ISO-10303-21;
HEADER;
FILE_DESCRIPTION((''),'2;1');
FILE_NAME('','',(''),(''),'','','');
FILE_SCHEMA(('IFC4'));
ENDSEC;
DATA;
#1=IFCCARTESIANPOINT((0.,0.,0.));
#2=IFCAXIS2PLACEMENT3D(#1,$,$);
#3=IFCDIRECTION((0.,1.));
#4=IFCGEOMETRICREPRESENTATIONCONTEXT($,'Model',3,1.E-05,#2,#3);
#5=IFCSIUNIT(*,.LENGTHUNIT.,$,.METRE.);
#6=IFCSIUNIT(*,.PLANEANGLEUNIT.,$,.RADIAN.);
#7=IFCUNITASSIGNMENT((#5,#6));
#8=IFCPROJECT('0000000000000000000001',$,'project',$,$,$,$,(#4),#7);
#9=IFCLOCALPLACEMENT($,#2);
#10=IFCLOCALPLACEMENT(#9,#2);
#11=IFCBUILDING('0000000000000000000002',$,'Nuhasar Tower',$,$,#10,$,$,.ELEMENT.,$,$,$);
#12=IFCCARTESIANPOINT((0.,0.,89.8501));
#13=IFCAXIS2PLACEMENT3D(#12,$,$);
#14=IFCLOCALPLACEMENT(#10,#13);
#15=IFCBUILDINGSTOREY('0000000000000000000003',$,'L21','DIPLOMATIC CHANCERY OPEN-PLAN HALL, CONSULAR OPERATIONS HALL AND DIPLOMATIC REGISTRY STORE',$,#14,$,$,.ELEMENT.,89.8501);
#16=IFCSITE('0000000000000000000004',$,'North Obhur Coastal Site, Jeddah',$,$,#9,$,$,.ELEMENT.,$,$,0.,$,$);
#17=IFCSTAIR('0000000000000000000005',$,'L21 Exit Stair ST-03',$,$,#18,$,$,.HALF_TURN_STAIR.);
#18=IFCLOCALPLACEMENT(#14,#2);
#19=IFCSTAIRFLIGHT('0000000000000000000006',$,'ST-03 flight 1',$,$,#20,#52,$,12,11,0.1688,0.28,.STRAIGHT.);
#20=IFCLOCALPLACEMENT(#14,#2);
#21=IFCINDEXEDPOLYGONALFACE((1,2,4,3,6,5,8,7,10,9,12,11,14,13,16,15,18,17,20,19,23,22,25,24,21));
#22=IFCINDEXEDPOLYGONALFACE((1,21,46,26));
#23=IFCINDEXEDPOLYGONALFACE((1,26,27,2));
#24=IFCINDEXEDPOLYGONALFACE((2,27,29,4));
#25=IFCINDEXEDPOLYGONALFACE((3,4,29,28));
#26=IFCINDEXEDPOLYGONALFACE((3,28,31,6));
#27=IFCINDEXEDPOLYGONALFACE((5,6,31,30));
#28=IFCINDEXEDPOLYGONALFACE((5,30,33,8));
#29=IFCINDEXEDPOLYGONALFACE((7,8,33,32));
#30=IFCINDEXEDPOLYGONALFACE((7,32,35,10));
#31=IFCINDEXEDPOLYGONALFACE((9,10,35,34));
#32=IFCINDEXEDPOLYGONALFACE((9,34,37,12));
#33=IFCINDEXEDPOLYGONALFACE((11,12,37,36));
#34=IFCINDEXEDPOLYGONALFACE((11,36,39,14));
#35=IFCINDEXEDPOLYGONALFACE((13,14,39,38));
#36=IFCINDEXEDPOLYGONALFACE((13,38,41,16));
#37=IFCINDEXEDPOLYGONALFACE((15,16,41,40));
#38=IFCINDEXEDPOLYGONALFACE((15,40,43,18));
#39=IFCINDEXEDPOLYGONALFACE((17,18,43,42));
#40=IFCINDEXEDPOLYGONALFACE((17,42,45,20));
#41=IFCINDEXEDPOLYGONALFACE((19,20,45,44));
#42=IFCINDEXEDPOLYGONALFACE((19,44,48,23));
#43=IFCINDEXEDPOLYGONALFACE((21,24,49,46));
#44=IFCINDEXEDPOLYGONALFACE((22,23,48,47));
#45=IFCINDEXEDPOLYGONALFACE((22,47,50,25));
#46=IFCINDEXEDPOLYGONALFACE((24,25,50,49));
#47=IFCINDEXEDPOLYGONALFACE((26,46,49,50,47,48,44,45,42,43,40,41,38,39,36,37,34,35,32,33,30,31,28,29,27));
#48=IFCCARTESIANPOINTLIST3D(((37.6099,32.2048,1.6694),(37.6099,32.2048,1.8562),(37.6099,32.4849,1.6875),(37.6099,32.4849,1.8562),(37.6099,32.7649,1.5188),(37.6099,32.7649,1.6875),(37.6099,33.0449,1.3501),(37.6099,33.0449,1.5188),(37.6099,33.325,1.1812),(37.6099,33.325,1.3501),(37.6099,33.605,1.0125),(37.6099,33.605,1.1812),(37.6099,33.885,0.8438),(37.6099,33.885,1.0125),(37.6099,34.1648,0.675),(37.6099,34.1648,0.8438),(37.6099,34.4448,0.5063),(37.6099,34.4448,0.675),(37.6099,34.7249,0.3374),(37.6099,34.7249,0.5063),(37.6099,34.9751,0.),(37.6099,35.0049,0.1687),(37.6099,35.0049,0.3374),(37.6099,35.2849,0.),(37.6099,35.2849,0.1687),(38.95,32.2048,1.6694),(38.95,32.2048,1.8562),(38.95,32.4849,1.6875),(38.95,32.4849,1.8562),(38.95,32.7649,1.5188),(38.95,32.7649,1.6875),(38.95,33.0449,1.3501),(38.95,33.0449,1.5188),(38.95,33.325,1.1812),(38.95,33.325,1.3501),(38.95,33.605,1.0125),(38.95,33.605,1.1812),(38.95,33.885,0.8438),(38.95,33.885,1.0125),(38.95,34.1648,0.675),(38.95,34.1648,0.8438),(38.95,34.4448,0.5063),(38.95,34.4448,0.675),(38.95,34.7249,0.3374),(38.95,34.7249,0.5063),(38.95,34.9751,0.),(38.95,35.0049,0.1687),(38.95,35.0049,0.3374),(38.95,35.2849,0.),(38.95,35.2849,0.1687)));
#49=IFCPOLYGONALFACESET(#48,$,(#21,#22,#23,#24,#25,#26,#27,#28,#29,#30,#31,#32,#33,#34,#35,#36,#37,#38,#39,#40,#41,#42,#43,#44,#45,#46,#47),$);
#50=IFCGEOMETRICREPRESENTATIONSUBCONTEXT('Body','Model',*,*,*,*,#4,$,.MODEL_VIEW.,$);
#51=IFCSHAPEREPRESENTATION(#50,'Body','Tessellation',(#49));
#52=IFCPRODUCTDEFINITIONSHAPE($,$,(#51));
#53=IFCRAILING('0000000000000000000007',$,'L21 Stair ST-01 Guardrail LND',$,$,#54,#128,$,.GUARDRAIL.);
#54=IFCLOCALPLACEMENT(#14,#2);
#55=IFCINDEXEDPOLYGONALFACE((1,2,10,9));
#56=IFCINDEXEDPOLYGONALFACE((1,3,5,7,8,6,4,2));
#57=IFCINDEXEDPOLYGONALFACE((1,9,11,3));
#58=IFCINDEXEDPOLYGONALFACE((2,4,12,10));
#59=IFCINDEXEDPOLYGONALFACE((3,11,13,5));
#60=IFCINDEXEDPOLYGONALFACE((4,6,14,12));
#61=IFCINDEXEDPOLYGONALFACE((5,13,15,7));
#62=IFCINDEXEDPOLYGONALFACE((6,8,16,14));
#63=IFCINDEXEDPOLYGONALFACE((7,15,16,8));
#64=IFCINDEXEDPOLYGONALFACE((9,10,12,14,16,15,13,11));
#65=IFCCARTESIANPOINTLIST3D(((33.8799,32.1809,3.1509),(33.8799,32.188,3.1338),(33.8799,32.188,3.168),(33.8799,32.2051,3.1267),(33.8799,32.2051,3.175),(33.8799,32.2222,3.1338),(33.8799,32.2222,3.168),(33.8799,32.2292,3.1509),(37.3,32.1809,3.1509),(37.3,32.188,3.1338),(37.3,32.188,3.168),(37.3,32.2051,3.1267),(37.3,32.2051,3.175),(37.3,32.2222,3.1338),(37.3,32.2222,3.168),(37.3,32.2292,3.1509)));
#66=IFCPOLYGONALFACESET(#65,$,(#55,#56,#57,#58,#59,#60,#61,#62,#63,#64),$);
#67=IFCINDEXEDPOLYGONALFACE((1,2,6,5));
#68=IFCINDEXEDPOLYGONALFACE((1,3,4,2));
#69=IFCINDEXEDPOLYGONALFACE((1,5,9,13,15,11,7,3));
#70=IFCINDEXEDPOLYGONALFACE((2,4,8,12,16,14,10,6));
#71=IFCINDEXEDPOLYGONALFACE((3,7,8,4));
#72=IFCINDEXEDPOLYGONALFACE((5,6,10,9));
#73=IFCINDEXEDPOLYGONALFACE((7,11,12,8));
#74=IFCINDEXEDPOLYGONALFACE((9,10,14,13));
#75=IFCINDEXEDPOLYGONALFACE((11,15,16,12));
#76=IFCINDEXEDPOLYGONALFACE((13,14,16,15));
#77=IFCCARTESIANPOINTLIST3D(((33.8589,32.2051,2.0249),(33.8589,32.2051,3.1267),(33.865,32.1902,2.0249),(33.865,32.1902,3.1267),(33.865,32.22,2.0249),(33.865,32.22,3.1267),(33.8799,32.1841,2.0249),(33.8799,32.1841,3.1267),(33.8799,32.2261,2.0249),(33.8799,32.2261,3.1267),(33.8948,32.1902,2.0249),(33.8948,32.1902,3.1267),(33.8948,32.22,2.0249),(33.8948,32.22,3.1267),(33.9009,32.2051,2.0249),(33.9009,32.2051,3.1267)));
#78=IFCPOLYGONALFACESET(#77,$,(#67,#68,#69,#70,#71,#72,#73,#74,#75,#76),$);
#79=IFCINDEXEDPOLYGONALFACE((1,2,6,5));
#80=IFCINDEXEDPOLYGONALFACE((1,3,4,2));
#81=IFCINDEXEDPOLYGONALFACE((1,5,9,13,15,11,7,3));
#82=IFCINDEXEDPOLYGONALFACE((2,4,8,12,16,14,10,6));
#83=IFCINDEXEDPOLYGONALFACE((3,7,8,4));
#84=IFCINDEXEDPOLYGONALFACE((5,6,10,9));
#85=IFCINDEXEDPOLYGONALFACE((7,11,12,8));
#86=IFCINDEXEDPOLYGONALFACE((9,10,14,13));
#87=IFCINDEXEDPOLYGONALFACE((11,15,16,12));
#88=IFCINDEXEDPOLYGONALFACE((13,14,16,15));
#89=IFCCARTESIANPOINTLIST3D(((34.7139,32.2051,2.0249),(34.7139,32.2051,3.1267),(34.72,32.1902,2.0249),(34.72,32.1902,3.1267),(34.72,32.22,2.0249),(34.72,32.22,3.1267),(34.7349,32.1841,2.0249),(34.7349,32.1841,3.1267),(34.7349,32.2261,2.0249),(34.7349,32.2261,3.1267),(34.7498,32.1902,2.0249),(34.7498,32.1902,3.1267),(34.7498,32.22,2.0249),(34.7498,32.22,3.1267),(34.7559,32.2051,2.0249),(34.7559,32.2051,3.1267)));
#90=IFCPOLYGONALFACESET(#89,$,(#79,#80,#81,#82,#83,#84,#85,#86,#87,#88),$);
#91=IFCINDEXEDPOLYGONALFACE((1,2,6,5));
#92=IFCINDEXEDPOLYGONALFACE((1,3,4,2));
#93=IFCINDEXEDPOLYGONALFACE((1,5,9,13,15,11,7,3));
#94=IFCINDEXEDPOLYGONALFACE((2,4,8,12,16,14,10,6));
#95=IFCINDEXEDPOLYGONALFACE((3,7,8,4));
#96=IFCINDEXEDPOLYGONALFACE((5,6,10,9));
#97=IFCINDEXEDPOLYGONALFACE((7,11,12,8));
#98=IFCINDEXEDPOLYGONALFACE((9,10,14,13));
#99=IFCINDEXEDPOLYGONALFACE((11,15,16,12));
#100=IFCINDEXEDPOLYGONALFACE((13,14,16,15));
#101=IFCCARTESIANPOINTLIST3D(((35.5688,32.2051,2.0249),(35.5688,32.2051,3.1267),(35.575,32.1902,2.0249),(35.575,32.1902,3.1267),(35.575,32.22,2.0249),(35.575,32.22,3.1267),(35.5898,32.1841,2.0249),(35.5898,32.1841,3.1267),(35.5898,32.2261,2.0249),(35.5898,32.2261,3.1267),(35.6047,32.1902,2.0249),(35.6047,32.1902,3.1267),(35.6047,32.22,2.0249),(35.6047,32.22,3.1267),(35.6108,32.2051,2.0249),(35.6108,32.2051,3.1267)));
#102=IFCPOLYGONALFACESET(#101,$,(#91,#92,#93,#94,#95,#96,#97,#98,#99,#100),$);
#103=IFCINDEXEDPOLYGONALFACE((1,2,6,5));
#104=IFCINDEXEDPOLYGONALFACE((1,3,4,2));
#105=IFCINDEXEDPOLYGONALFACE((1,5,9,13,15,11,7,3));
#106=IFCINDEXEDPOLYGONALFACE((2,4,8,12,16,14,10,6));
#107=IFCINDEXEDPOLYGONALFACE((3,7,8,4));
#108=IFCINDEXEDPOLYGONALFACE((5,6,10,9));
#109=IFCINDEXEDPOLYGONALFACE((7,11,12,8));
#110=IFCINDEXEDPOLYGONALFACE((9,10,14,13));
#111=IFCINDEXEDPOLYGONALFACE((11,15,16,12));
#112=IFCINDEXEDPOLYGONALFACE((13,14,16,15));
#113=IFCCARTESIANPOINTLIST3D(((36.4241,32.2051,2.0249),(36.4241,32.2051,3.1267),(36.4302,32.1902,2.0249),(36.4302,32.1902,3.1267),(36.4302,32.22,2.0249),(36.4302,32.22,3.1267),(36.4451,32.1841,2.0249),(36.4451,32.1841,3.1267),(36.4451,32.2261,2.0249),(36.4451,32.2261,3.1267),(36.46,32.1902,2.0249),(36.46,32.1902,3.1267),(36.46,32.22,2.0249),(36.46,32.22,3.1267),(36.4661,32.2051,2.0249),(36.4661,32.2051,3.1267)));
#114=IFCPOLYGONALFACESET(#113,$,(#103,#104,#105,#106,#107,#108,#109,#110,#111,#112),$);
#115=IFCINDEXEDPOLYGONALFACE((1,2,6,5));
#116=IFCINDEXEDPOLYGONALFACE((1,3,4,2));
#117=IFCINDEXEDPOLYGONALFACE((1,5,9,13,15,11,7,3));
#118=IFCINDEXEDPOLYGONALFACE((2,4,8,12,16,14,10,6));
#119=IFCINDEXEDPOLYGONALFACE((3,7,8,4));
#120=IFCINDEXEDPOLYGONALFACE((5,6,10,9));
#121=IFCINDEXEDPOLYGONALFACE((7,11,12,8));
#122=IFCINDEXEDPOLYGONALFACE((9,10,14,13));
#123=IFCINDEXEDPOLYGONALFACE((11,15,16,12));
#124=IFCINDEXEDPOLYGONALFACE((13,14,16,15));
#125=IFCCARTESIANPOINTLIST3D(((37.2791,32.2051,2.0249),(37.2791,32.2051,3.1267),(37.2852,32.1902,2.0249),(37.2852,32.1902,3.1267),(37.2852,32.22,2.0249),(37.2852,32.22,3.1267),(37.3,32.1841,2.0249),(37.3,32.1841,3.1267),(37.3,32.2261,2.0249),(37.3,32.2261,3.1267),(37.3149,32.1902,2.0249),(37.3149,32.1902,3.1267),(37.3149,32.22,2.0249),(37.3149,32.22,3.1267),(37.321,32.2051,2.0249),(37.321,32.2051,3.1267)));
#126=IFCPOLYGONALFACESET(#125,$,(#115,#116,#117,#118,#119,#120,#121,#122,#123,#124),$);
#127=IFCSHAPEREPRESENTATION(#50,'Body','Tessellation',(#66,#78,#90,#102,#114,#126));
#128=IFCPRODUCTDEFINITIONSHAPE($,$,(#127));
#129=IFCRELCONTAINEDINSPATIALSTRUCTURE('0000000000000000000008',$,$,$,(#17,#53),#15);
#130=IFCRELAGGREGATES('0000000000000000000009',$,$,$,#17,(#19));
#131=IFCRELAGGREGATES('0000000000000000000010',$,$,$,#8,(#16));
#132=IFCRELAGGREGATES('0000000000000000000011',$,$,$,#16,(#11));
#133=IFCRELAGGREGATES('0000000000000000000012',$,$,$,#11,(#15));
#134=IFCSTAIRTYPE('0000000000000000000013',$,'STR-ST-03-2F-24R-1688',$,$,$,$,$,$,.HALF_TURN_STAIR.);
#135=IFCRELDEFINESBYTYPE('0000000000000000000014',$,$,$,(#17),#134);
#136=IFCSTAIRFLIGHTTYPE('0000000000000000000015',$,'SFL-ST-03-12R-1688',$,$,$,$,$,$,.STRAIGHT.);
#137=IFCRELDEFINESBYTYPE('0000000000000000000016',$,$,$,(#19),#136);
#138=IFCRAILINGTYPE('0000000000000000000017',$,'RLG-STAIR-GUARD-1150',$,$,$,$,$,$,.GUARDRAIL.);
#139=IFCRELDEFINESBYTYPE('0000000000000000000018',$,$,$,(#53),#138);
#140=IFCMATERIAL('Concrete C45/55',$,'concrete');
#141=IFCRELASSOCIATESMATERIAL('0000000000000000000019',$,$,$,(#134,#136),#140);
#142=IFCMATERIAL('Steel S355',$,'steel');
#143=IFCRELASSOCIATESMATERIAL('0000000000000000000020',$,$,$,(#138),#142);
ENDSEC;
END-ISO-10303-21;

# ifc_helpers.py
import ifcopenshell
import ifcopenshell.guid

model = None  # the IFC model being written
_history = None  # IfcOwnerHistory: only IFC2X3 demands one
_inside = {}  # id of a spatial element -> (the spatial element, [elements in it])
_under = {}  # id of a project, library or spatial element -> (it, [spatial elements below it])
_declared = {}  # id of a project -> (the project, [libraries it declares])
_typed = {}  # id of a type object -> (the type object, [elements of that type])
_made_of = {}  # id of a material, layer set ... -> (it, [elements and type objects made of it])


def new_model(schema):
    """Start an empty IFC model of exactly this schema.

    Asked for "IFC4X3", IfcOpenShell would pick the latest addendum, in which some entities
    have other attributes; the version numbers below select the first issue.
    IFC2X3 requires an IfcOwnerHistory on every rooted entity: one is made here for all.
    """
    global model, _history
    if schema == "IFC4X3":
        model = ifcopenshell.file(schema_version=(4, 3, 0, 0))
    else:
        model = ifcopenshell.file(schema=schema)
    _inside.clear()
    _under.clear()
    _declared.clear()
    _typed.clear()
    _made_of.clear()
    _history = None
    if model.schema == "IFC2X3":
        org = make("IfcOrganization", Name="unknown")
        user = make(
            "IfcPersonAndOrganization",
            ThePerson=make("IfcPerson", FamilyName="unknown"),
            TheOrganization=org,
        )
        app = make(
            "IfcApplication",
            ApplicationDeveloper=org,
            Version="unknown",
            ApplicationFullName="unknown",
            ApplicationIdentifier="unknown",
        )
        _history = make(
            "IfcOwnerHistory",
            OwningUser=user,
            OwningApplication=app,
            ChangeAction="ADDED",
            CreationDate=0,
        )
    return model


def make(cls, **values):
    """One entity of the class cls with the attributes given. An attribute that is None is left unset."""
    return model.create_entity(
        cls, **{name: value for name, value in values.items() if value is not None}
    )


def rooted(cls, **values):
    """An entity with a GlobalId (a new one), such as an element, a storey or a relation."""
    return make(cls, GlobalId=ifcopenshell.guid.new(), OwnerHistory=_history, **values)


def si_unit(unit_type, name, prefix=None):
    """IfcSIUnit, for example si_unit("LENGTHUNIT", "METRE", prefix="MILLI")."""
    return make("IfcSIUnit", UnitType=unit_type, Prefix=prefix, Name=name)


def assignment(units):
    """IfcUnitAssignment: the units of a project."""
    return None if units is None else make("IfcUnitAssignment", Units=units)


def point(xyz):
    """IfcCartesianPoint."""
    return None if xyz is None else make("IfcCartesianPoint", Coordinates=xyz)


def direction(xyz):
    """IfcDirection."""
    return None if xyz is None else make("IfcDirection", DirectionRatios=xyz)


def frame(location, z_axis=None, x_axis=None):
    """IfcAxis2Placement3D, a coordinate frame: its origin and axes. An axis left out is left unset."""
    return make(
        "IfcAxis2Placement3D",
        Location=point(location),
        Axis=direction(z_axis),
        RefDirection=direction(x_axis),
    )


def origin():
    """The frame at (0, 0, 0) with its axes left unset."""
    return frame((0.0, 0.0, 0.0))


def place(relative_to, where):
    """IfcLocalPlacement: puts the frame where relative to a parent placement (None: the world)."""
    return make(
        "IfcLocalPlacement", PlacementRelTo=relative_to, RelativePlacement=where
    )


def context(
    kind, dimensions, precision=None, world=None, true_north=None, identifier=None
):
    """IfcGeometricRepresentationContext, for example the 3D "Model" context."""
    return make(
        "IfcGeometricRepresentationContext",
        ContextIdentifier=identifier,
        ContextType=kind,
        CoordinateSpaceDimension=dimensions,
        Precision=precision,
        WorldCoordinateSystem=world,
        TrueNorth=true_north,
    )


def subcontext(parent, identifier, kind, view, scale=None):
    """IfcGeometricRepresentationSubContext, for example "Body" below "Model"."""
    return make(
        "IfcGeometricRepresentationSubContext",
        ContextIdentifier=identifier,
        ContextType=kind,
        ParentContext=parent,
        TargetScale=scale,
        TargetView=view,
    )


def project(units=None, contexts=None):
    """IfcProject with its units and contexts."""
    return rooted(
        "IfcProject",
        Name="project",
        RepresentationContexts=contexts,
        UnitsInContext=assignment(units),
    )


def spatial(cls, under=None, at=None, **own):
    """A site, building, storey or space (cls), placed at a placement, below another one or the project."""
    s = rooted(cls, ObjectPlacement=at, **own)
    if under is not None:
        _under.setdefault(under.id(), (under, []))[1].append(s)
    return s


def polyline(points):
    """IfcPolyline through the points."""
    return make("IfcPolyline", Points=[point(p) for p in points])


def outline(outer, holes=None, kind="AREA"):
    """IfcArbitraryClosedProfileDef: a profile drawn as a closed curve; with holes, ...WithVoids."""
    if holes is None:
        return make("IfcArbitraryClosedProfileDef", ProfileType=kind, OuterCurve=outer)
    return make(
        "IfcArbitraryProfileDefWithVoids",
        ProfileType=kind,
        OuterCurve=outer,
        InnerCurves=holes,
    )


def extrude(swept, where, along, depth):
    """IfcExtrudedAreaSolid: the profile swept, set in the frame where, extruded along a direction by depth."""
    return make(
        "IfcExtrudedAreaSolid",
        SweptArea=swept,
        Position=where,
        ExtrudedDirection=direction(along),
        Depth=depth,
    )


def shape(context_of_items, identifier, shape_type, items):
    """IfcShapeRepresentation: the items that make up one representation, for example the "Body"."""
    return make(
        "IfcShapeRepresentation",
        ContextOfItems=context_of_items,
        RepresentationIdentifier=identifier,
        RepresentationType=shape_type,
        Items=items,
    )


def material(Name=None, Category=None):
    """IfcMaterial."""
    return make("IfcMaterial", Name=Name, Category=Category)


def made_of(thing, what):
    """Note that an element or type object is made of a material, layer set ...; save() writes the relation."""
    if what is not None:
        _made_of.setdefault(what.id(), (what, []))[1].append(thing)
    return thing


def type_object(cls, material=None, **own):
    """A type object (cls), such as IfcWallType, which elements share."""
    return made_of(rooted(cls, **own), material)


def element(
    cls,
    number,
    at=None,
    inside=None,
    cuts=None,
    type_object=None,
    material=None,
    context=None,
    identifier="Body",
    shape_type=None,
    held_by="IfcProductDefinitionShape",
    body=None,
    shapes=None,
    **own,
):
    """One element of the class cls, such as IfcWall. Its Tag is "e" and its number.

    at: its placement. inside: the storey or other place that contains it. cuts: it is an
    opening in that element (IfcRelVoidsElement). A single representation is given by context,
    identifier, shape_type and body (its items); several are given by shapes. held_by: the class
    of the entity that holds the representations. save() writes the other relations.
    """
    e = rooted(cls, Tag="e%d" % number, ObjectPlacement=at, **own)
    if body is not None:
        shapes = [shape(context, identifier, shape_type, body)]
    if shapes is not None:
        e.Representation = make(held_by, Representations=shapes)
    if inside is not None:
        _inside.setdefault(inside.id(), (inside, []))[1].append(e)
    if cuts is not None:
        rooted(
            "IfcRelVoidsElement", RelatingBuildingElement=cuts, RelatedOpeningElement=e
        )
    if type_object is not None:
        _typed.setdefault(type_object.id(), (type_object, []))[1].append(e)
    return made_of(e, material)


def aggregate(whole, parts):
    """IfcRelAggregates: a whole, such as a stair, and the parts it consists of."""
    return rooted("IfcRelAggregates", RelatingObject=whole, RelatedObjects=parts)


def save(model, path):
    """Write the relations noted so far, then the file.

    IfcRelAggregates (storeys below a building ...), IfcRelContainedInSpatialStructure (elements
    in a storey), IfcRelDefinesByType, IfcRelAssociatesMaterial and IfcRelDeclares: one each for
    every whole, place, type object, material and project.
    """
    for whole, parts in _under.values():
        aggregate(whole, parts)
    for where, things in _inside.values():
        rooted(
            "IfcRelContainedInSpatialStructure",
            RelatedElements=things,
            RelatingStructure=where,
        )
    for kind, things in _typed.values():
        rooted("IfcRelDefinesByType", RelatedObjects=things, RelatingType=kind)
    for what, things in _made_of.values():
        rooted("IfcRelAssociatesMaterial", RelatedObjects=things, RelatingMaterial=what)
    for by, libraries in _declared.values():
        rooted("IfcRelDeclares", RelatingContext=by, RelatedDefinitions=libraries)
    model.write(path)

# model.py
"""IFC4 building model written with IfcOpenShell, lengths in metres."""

from ifc_helpers import new_model, si_unit, direction, frame, origin, place, context, subcontext, project, spatial, polyline, outline, extrude, material, type_object, element, aggregate, save


model = new_model("IFC4")

# Units and contexts
model_context = context("Model", 3, precision=1e-05, world=origin(), true_north=direction((0.0, 1.0)))
body_context = subcontext(model_context, "Body", "Model", "MODEL_VIEW")
ifc_project = project(units=[si_unit("LENGTHUNIT", "METRE"), si_unit("PLANEANGLEUNIT", "RADIAN")], contexts=[model_context])

# Site, building, storey
site_placement = place(None, origin())
site = spatial("IfcSite", under=ifc_project, at=site_placement, Name="North Obhur Coastal Site, Jeddah", CompositionType="ELEMENT", RefElevation=0.0)
building_placement = place(site_placement, origin())
building = spatial("IfcBuilding", under=site, at=building_placement, Name="Nuhasar Tower", CompositionType="ELEMENT")
storey_placement = place(building_placement, frame((0.0, 0.0, 89.8501)))
storey = spatial("IfcBuildingStorey", under=building, at=storey_placement, Name="L21", Description="DIPLOMATIC CHANCERY OPEN-PLAN HALL, CONSULAR OPERATIONS HALL AND DIPLOMATIC REGISTRY STORE", CompositionType="ELEMENT", Elevation=89.8501)

# Shared definitions
ifc_material_1 = material(Name="Steel S355", Category="steel")

# Shared definitions
ifc_material_2 = material(Name="Concrete C45/55", Category="concrete")

# Stair, stair flight
stair_type_1 = type_object("IfcStairType", Name="STR-ST-03-2F-24R-1688", PredefinedType="HALF_TURN_STAIR", material=ifc_material_2)
stair_1_placement = place(storey_placement, origin())
stair_1 = element("IfcStair", 1, at=stair_1_placement, inside=storey, type_object=stair_type_1, Name="L21 Exit Stair ST-03", PredefinedType="HALF_TURN_STAIR")
stair_flight_type_1 = type_object("IfcStairFlightType", Name="SFL-ST-03-12R-1688", PredefinedType="STRAIGHT", material=ifc_material_2)
stair_flight_1_placement = place(storey_placement, frame((38.28, 35.2849, 0.0), z_axis=(0.0, 0.0, 1.0), x_axis=(0.0, -1.0, 0.0)))
stair_flight_1 = element("IfcStairFlight", 2, at=stair_flight_1_placement, type_object=stair_flight_type_1, Name="ST-03 flight 1", NumberOfRisers=12, NumberOfTreads=11, PredefinedType="STRAIGHT", RiserHeight=0.1688, TreadLength=0.28, context=body_context, shape_type="SweptSolid", body=[
    extrude(outline(polyline([(0.0, 0.0), (0.0, 0.1687), (0.28, 0.1687), (0.28, 0.3374), (0.5601, 0.3374), (0.5601, 0.5063), (0.8401, 0.5063), (0.8401, 0.675), (1.1201, 0.675), (1.1201, 0.8438), (1.3999, 0.8438), (1.3999, 1.0125), (1.6799, 1.0125), (1.6799, 1.1812), (1.96, 1.1812), (1.96, 1.3501), (2.24, 1.3501), (2.24, 1.5188), (2.52, 1.5188), (2.52, 1.6875), (2.8, 1.6875), (2.8, 1.8562), (3.0801, 1.8562), (3.0801, 2.0249), (3.0801, 1.6694), (0.3098, 0.0), (0.0, 0.0)])), frame((0.0, 0.6699, 0.0), z_axis=(0.0, -1.0, 0.0), x_axis=(1.0, 0.0, 0.0)), (0.0, 0.0, 1.0), 1.3401),
])
aggregate(stair_1, [stair_flight_1])

# Railing
railing_type_1 = type_object("IfcRailingType", Name="RLG-STAIR-GUARD-1150", PredefinedType="GUARDRAIL", material=ifc_material_1)
railing_1_placement = place(storey_placement, frame((33.8799, 32.2051, 2.0249)))
element("IfcRailing", 3, at=railing_1_placement, inside=storey, type_object=railing_type_1, Name="L21 Stair ST-01 Guardrail LND", PredefinedType="GUARDRAIL", context=body_context, shape_type="SweptSolid", body=[
    extrude(outline(polyline([(0.0242, 0.0), (0.0171, 0.0171), (0.0, 0.0242), (-0.0171, 0.0171), (-0.0242, 0.0), (-0.0171, -0.0171), (0.0, -0.0242), (0.0171, -0.0171), (0.0242, 0.0)])), frame((0.0, 0.0, 1.126), z_axis=(1.0, 0.0, 0.0), x_axis=(0.0, 1.0, 0.0)), (0.0, 0.0, 1.0), 3.4202),
    extrude(outline(polyline([(0.021, 0.0), (0.0149, 0.0149), (0.0, 0.021), (-0.0149, 0.0149), (-0.021, 0.0), (-0.0149, -0.0149), (0.0, -0.021), (0.0149, -0.0149), (0.021, 0.0)])), origin(), (0.0, 0.0, 1.0), 1.1018),
    extrude(outline(polyline([(0.021, 0.0), (0.0149, 0.0149), (0.0, 0.021), (-0.0149, 0.0149), (-0.021, 0.0), (-0.0149, -0.0149), (0.0, -0.021), (0.0149, -0.0149), (0.021, 0.0)])), frame((0.855, 0.0, 0.0)), (0.0, 0.0, 1.0), 1.1018),
    extrude(outline(polyline([(0.021, 0.0), (0.0149, 0.0149), (0.0, 0.021), (-0.0149, 0.0149), (-0.021, 0.0), (-0.0149, -0.0149), (0.0, -0.021), (0.0149, -0.0149), (0.021, 0.0)])), frame((1.71, 0.0, 0.0)), (0.0, 0.0, 1.0), 1.1018),
    extrude(outline(polyline([(0.021, 0.0), (0.0149, 0.0149), (0.0, 0.021), (-0.0149, 0.0149), (-0.021, 0.0), (-0.0149, -0.0149), (0.0, -0.021), (0.0149, -0.0149), (0.021, 0.0)])), frame((2.5652, 0.0, 0.0)), (0.0, 0.0, 1.0), 1.1018),
    extrude(outline(polyline([(0.021, 0.0), (0.0149, 0.0149), (0.0, 0.021), (-0.0149, 0.0149), (-0.021, 0.0), (-0.0149, -0.0149), (0.0, -0.021), (0.0149, -0.0149), (0.021, 0.0)])), frame((3.4202, 0.0, 0.0)), (0.0, 0.0, 1.0), 1.1018),
])

save(model, "model.ifc")
